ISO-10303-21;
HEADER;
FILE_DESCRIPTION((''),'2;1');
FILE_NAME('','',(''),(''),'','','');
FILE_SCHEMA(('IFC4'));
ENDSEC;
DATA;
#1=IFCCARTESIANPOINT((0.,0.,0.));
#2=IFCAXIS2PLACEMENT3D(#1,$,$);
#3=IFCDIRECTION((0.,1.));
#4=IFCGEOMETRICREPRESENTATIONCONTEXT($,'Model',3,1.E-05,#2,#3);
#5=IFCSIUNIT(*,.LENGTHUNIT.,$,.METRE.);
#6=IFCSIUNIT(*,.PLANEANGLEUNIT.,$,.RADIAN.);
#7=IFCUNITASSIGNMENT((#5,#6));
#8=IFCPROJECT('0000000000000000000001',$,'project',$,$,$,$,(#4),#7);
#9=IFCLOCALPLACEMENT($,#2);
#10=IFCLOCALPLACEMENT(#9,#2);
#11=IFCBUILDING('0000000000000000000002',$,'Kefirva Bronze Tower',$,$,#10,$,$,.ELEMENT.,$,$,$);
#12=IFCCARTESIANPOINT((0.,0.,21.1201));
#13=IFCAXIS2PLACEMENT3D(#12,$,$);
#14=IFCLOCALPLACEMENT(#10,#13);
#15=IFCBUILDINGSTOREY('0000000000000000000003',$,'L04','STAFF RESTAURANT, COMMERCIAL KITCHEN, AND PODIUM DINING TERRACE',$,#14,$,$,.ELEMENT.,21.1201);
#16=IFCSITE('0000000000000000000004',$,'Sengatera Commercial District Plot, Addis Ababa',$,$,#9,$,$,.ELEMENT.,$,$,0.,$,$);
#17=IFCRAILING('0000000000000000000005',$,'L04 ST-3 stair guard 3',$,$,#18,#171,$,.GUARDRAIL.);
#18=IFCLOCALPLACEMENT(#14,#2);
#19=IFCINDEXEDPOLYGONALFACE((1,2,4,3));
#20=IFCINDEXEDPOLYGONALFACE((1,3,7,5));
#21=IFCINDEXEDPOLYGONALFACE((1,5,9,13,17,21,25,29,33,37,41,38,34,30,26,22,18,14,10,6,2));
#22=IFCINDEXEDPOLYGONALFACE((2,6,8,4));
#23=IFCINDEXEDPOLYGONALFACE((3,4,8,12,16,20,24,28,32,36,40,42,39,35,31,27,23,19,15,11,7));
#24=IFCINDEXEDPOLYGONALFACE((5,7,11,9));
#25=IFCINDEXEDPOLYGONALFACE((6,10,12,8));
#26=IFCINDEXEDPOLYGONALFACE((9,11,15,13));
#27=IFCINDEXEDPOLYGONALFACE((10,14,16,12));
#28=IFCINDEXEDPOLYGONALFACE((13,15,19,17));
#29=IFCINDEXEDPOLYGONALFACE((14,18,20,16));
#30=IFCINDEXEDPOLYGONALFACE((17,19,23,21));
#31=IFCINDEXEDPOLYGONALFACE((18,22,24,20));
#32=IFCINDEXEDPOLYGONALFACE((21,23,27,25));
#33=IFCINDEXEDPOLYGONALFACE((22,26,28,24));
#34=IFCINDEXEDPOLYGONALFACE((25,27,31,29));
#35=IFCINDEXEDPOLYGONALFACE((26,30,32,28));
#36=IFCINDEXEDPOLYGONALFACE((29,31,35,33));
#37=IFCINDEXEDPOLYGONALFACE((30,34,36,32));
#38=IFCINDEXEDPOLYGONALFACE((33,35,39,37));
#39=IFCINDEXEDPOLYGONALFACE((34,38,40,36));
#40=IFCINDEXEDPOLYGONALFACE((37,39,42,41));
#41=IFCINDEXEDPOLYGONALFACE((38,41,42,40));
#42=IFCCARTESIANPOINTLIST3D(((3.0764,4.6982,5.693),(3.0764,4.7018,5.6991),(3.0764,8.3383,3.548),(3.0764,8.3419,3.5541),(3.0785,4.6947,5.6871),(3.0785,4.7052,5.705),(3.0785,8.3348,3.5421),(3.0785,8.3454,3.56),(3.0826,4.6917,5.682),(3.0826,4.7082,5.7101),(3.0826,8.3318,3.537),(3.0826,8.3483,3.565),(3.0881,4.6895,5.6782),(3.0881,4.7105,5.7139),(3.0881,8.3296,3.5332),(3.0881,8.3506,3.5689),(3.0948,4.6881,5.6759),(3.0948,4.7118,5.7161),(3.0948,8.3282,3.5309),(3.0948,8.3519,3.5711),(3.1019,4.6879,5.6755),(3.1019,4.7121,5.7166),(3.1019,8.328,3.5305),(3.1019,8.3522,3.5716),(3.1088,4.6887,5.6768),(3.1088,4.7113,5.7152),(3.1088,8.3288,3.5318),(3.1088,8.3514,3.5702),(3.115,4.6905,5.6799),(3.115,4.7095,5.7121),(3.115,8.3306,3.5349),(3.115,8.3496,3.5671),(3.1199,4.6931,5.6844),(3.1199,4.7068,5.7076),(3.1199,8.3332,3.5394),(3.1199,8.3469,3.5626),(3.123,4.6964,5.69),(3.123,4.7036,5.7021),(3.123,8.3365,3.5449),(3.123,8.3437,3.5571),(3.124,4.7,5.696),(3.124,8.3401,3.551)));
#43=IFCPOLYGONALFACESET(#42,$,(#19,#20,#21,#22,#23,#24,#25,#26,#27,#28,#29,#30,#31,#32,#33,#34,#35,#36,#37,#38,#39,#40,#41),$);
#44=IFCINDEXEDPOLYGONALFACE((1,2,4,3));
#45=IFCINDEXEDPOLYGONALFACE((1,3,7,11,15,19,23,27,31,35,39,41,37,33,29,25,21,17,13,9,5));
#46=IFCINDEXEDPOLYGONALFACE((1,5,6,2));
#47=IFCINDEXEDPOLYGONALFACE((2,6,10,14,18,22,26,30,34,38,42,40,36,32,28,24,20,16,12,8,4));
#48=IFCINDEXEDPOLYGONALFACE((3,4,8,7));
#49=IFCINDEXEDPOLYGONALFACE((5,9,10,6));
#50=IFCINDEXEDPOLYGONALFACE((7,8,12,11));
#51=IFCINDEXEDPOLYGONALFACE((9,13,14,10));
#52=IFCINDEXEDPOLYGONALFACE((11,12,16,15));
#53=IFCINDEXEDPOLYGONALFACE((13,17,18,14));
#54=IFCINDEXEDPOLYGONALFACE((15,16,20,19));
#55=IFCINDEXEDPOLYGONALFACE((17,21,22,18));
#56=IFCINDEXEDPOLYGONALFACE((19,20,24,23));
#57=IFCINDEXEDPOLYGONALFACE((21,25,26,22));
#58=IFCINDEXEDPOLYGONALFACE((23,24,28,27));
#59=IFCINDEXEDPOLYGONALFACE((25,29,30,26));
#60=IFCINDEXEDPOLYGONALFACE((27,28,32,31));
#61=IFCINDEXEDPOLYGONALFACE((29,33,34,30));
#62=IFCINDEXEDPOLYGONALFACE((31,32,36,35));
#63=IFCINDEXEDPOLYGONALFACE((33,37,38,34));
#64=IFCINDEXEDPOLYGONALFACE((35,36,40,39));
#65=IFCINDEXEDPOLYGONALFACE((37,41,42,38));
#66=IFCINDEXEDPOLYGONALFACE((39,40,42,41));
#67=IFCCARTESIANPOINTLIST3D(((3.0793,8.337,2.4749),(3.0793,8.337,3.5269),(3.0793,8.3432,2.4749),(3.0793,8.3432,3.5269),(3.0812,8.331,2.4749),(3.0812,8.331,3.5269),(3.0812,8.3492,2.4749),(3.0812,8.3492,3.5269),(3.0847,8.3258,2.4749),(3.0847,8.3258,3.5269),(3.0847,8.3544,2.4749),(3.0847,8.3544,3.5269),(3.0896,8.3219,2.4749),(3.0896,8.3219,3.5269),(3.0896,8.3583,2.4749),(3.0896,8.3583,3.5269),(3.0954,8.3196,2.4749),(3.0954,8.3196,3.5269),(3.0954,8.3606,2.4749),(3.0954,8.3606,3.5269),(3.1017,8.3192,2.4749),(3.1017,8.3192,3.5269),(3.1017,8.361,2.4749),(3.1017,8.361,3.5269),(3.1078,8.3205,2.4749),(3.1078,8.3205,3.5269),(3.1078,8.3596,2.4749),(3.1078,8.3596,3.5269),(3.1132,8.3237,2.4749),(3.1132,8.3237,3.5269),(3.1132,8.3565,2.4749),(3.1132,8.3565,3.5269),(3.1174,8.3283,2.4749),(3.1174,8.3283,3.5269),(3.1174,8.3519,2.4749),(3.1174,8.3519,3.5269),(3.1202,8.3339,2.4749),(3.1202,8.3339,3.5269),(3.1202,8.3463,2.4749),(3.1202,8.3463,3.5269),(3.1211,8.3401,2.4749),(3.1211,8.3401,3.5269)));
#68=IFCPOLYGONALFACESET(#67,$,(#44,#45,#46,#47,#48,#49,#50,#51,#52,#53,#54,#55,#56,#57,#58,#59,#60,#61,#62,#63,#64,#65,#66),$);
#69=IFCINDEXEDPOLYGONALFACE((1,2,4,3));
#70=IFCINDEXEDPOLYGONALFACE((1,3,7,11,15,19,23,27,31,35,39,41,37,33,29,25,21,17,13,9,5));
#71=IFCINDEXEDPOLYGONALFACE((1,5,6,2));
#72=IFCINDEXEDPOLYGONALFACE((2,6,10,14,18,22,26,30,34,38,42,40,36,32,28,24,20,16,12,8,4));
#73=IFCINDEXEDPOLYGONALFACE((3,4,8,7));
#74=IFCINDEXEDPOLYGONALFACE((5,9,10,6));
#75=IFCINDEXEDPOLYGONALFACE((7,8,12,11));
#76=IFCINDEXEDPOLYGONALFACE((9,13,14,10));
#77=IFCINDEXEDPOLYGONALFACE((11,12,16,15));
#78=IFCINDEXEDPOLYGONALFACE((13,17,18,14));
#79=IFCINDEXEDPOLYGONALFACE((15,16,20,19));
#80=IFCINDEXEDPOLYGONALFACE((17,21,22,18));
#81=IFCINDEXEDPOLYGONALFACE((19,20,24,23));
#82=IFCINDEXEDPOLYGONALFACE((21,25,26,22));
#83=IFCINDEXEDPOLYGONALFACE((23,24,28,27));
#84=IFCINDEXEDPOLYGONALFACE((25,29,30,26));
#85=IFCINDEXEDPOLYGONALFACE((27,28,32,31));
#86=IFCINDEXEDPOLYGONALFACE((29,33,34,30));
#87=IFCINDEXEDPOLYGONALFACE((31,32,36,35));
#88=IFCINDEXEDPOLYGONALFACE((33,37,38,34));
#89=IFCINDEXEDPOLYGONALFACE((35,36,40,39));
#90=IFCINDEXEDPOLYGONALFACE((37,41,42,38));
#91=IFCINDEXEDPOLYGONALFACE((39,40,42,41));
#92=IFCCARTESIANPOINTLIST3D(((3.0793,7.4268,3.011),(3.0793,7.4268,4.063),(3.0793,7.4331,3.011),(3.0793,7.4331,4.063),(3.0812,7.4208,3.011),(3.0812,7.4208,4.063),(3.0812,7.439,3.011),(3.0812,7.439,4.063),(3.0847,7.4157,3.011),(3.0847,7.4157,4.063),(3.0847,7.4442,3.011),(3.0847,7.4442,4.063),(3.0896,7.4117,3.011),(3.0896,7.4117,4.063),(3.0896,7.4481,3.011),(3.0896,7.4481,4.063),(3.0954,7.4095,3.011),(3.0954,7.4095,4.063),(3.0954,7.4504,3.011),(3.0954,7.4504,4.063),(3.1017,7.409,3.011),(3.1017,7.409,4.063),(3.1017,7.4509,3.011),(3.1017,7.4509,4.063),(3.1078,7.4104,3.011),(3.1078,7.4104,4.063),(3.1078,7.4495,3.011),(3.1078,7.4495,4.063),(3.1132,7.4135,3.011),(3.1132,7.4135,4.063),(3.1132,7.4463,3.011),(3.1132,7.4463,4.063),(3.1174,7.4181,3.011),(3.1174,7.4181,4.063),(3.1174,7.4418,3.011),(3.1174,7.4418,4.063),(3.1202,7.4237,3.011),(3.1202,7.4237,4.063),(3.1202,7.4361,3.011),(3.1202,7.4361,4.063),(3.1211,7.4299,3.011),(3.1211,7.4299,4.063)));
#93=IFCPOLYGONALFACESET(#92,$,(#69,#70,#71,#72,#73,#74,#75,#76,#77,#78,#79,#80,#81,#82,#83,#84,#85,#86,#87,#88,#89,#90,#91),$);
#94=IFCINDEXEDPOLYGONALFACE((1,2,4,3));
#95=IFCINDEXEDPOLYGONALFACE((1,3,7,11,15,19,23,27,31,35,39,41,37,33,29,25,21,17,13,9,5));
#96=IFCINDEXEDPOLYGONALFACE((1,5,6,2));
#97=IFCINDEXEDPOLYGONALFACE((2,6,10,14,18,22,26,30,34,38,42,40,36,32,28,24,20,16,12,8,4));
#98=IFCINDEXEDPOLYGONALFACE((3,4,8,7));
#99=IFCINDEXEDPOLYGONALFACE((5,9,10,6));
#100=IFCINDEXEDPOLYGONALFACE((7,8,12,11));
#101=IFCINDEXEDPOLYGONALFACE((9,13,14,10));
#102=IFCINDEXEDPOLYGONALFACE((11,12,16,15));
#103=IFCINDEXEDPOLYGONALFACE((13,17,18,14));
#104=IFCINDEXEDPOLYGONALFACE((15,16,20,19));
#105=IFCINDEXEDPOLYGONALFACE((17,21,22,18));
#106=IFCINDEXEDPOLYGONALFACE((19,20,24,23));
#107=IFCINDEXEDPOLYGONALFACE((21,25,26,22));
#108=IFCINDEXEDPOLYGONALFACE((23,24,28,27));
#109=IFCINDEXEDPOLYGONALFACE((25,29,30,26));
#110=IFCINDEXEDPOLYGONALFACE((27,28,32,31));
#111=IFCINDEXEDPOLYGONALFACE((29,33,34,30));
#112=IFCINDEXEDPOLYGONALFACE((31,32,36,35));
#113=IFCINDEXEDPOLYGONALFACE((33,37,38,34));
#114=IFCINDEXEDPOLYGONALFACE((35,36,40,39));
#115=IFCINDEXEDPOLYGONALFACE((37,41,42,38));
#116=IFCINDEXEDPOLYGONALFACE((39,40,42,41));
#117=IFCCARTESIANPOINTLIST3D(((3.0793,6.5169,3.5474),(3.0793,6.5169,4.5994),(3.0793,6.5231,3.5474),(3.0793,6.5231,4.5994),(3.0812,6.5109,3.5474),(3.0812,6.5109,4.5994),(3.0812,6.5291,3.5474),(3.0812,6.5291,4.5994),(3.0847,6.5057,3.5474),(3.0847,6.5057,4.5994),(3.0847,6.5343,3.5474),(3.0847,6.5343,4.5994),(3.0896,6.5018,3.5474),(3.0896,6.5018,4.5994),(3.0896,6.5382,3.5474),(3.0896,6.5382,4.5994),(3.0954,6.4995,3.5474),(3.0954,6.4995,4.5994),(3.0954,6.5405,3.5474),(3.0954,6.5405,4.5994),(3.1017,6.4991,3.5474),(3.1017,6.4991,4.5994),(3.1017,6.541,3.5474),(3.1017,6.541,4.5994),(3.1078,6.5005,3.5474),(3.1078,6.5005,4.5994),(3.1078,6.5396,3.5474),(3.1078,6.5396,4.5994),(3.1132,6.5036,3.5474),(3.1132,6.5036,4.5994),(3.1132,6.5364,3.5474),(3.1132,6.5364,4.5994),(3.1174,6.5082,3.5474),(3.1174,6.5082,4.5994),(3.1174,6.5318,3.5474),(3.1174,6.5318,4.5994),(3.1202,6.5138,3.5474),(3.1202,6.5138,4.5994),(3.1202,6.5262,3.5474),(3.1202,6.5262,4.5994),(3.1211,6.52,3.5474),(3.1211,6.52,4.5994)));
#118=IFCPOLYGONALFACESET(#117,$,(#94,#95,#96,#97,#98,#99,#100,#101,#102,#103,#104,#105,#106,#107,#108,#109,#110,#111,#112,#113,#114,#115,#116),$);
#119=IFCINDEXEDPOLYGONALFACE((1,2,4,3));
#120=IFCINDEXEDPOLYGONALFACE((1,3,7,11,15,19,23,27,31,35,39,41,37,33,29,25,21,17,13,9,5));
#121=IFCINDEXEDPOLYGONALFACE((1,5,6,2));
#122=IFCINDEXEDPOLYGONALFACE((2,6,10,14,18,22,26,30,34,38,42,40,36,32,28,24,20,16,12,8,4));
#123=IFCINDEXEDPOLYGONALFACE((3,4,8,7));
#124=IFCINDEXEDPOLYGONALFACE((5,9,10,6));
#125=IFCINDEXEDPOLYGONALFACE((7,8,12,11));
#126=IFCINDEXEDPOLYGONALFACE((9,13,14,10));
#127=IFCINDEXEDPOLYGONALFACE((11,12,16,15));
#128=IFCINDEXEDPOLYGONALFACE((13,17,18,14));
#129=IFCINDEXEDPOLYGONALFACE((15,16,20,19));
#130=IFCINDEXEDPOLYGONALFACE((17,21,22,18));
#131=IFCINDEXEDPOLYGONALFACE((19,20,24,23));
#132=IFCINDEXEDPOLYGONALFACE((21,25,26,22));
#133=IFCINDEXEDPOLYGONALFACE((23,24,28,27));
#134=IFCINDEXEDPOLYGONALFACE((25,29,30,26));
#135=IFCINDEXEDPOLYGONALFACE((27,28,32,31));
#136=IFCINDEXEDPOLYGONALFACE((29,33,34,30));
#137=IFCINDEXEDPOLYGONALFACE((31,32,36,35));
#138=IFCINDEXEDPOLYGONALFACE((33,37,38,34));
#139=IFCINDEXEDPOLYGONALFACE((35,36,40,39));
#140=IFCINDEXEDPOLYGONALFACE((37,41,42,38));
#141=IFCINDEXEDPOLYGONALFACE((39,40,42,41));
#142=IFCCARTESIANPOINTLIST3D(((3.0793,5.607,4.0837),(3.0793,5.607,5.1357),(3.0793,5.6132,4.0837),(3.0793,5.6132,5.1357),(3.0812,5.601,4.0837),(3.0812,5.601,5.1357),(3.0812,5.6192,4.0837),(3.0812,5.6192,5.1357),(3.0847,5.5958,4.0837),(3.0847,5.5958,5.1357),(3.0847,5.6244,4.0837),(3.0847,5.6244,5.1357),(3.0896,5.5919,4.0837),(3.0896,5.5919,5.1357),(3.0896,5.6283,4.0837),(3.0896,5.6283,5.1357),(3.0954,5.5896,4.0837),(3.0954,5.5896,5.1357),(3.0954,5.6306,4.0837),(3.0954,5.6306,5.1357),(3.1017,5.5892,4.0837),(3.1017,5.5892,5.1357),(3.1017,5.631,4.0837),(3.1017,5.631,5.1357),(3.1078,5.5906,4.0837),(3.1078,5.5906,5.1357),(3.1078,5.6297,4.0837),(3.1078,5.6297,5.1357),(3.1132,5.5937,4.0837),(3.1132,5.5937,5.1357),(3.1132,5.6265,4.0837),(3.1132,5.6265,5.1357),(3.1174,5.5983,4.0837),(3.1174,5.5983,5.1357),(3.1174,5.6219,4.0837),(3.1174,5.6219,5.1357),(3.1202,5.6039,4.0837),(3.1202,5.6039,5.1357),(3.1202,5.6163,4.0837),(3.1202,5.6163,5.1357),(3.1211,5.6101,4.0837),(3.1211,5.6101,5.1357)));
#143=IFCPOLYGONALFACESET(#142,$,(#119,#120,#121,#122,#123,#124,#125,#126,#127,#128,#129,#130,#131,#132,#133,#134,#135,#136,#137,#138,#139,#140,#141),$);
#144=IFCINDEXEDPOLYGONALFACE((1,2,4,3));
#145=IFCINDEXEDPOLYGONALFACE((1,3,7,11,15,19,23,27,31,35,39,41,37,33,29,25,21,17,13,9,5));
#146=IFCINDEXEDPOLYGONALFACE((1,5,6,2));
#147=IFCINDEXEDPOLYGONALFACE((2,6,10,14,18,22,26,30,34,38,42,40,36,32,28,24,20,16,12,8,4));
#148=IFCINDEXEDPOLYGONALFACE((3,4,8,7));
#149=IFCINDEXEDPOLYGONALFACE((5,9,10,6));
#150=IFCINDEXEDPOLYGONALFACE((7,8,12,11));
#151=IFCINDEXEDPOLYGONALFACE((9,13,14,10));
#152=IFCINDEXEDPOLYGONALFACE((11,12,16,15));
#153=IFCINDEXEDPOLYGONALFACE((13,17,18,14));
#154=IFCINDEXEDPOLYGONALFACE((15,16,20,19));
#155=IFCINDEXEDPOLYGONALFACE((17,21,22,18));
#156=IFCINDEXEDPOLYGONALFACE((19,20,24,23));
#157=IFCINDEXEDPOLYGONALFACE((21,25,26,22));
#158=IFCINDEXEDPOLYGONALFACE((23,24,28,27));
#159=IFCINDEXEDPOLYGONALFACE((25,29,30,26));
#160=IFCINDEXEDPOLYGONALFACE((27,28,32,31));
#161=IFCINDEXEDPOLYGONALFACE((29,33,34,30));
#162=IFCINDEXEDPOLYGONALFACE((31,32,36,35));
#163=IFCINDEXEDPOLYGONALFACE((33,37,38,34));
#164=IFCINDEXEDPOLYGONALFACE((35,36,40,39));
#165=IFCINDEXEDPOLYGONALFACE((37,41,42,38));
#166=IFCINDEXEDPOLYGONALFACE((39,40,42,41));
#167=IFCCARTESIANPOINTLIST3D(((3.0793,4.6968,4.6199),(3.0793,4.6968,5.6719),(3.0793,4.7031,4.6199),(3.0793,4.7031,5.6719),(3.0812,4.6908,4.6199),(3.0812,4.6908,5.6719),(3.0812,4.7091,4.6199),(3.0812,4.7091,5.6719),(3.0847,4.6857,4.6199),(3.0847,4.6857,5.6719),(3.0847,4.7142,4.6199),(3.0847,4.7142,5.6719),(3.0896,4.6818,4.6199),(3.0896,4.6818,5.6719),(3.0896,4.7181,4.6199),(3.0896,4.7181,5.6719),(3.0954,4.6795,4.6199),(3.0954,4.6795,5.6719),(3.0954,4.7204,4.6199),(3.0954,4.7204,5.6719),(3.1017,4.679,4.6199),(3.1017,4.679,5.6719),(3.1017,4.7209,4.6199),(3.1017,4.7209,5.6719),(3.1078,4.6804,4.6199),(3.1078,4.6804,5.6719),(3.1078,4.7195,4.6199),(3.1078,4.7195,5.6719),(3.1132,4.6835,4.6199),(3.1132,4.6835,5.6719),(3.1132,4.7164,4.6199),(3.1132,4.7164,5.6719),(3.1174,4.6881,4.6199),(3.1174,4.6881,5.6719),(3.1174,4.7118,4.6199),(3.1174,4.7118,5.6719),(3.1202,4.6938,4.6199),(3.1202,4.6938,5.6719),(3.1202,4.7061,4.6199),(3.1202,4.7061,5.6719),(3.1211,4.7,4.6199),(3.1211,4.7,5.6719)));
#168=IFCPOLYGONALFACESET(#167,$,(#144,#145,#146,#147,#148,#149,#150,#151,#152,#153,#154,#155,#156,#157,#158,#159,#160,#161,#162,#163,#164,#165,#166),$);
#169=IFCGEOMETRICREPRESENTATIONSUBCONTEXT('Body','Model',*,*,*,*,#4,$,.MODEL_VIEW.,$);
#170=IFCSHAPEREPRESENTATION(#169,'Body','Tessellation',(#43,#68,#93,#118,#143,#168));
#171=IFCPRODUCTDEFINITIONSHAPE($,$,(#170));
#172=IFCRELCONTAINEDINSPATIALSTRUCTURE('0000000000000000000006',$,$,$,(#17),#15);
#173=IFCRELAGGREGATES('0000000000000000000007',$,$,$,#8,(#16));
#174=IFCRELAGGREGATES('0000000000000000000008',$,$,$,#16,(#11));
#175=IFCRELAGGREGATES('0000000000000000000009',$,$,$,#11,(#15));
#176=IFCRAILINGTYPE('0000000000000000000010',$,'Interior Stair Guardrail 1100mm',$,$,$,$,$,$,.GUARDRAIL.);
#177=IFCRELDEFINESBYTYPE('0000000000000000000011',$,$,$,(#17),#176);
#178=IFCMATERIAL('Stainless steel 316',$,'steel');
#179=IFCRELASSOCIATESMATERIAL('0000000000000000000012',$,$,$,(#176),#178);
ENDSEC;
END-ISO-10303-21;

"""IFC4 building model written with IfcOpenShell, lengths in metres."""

from ifc_helpers import new_model, si_unit, direction, frame, origin, origin_2d, place, context, subcontext, project, spatial, circle, extrude, material, type_object, element, save


model = new_model("IFC4")

# Units and contexts
model_context = context("Model", 3, precision=1e-05, world=origin(), true_north=direction((0.0, 1.0)))
body_context = subcontext(model_context, "Body", "Model", "MODEL_VIEW")
ifc_project = project(units=[si_unit("LENGTHUNIT", "METRE"), si_unit("PLANEANGLEUNIT", "RADIAN")], contexts=[model_context])

# Site, building, storey
site_placement = place(None, origin())
site = spatial("IfcSite", under=ifc_project, at=site_placement, Name="Sengatera Commercial District Plot, Addis Ababa", CompositionType="ELEMENT", RefElevation=0.0)
building_placement = place(site_placement, origin())
building = spatial("IfcBuilding", under=site, at=building_placement, Name="Kefirva Bronze Tower", CompositionType="ELEMENT")
storey_placement = place(building_placement, frame((0.0, 0.0, 21.1201)))
storey = spatial("IfcBuildingStorey", under=building, at=storey_placement, Name="L04", Description="STAFF RESTAURANT, COMMERCIAL KITCHEN, AND PODIUM DINING TERRACE", CompositionType="ELEMENT", Elevation=21.1201)

# Railing
ifc_material_1 = material(Name="Stainless steel 316", Category="steel")
railing_type_1 = type_object("IfcRailingType", Name="Interior Stair Guardrail 1100mm", PredefinedType="GUARDRAIL", material=ifc_material_1)
railing_1_placement = place(storey_placement, frame((3.1001, 8.3401, 2.4749)))
element("IfcRailing", 1, at=railing_1_placement, inside=storey, type_object=railing_type_1, Name="L04 ST-3 stair guard 3", PredefinedType="GUARDRAIL", context=body_context, shape_type="SweptSolid", body=[
    extrude(circle(Radius=0.0239, at=origin_2d()), frame((0.0, 0.0, 1.0762), z_axis=(0.0, -0.861545, 0.507682), x_axis=(1.0, 0.0, 0.0)), (0.0, 0.0, 1.0), 4.2251),
    extrude(circle(Radius=0.021, at=origin_2d()), origin(), (0.0, 0.0, 1.0), 1.052),
    extrude(circle(Radius=0.021, at=origin_2d()), frame((0.0, -0.9102, 0.5361)), (0.0, 0.0, 1.0), 1.052),
    extrude(circle(Radius=0.021, at=origin_2d()), frame((0.0, -1.8201, 1.0725)), (0.0, 0.0, 1.0), 1.052),
    extrude(circle(Radius=0.021, at=origin_2d()), frame((0.0, -2.73, 1.6089)), (0.0, 0.0, 1.0), 1.052),
    extrude(circle(Radius=0.021, at=origin_2d()), frame((0.0, -3.6401, 2.145)), (0.0, 0.0, 1.0), 1.052),
])

save(model, "model.ifc")
